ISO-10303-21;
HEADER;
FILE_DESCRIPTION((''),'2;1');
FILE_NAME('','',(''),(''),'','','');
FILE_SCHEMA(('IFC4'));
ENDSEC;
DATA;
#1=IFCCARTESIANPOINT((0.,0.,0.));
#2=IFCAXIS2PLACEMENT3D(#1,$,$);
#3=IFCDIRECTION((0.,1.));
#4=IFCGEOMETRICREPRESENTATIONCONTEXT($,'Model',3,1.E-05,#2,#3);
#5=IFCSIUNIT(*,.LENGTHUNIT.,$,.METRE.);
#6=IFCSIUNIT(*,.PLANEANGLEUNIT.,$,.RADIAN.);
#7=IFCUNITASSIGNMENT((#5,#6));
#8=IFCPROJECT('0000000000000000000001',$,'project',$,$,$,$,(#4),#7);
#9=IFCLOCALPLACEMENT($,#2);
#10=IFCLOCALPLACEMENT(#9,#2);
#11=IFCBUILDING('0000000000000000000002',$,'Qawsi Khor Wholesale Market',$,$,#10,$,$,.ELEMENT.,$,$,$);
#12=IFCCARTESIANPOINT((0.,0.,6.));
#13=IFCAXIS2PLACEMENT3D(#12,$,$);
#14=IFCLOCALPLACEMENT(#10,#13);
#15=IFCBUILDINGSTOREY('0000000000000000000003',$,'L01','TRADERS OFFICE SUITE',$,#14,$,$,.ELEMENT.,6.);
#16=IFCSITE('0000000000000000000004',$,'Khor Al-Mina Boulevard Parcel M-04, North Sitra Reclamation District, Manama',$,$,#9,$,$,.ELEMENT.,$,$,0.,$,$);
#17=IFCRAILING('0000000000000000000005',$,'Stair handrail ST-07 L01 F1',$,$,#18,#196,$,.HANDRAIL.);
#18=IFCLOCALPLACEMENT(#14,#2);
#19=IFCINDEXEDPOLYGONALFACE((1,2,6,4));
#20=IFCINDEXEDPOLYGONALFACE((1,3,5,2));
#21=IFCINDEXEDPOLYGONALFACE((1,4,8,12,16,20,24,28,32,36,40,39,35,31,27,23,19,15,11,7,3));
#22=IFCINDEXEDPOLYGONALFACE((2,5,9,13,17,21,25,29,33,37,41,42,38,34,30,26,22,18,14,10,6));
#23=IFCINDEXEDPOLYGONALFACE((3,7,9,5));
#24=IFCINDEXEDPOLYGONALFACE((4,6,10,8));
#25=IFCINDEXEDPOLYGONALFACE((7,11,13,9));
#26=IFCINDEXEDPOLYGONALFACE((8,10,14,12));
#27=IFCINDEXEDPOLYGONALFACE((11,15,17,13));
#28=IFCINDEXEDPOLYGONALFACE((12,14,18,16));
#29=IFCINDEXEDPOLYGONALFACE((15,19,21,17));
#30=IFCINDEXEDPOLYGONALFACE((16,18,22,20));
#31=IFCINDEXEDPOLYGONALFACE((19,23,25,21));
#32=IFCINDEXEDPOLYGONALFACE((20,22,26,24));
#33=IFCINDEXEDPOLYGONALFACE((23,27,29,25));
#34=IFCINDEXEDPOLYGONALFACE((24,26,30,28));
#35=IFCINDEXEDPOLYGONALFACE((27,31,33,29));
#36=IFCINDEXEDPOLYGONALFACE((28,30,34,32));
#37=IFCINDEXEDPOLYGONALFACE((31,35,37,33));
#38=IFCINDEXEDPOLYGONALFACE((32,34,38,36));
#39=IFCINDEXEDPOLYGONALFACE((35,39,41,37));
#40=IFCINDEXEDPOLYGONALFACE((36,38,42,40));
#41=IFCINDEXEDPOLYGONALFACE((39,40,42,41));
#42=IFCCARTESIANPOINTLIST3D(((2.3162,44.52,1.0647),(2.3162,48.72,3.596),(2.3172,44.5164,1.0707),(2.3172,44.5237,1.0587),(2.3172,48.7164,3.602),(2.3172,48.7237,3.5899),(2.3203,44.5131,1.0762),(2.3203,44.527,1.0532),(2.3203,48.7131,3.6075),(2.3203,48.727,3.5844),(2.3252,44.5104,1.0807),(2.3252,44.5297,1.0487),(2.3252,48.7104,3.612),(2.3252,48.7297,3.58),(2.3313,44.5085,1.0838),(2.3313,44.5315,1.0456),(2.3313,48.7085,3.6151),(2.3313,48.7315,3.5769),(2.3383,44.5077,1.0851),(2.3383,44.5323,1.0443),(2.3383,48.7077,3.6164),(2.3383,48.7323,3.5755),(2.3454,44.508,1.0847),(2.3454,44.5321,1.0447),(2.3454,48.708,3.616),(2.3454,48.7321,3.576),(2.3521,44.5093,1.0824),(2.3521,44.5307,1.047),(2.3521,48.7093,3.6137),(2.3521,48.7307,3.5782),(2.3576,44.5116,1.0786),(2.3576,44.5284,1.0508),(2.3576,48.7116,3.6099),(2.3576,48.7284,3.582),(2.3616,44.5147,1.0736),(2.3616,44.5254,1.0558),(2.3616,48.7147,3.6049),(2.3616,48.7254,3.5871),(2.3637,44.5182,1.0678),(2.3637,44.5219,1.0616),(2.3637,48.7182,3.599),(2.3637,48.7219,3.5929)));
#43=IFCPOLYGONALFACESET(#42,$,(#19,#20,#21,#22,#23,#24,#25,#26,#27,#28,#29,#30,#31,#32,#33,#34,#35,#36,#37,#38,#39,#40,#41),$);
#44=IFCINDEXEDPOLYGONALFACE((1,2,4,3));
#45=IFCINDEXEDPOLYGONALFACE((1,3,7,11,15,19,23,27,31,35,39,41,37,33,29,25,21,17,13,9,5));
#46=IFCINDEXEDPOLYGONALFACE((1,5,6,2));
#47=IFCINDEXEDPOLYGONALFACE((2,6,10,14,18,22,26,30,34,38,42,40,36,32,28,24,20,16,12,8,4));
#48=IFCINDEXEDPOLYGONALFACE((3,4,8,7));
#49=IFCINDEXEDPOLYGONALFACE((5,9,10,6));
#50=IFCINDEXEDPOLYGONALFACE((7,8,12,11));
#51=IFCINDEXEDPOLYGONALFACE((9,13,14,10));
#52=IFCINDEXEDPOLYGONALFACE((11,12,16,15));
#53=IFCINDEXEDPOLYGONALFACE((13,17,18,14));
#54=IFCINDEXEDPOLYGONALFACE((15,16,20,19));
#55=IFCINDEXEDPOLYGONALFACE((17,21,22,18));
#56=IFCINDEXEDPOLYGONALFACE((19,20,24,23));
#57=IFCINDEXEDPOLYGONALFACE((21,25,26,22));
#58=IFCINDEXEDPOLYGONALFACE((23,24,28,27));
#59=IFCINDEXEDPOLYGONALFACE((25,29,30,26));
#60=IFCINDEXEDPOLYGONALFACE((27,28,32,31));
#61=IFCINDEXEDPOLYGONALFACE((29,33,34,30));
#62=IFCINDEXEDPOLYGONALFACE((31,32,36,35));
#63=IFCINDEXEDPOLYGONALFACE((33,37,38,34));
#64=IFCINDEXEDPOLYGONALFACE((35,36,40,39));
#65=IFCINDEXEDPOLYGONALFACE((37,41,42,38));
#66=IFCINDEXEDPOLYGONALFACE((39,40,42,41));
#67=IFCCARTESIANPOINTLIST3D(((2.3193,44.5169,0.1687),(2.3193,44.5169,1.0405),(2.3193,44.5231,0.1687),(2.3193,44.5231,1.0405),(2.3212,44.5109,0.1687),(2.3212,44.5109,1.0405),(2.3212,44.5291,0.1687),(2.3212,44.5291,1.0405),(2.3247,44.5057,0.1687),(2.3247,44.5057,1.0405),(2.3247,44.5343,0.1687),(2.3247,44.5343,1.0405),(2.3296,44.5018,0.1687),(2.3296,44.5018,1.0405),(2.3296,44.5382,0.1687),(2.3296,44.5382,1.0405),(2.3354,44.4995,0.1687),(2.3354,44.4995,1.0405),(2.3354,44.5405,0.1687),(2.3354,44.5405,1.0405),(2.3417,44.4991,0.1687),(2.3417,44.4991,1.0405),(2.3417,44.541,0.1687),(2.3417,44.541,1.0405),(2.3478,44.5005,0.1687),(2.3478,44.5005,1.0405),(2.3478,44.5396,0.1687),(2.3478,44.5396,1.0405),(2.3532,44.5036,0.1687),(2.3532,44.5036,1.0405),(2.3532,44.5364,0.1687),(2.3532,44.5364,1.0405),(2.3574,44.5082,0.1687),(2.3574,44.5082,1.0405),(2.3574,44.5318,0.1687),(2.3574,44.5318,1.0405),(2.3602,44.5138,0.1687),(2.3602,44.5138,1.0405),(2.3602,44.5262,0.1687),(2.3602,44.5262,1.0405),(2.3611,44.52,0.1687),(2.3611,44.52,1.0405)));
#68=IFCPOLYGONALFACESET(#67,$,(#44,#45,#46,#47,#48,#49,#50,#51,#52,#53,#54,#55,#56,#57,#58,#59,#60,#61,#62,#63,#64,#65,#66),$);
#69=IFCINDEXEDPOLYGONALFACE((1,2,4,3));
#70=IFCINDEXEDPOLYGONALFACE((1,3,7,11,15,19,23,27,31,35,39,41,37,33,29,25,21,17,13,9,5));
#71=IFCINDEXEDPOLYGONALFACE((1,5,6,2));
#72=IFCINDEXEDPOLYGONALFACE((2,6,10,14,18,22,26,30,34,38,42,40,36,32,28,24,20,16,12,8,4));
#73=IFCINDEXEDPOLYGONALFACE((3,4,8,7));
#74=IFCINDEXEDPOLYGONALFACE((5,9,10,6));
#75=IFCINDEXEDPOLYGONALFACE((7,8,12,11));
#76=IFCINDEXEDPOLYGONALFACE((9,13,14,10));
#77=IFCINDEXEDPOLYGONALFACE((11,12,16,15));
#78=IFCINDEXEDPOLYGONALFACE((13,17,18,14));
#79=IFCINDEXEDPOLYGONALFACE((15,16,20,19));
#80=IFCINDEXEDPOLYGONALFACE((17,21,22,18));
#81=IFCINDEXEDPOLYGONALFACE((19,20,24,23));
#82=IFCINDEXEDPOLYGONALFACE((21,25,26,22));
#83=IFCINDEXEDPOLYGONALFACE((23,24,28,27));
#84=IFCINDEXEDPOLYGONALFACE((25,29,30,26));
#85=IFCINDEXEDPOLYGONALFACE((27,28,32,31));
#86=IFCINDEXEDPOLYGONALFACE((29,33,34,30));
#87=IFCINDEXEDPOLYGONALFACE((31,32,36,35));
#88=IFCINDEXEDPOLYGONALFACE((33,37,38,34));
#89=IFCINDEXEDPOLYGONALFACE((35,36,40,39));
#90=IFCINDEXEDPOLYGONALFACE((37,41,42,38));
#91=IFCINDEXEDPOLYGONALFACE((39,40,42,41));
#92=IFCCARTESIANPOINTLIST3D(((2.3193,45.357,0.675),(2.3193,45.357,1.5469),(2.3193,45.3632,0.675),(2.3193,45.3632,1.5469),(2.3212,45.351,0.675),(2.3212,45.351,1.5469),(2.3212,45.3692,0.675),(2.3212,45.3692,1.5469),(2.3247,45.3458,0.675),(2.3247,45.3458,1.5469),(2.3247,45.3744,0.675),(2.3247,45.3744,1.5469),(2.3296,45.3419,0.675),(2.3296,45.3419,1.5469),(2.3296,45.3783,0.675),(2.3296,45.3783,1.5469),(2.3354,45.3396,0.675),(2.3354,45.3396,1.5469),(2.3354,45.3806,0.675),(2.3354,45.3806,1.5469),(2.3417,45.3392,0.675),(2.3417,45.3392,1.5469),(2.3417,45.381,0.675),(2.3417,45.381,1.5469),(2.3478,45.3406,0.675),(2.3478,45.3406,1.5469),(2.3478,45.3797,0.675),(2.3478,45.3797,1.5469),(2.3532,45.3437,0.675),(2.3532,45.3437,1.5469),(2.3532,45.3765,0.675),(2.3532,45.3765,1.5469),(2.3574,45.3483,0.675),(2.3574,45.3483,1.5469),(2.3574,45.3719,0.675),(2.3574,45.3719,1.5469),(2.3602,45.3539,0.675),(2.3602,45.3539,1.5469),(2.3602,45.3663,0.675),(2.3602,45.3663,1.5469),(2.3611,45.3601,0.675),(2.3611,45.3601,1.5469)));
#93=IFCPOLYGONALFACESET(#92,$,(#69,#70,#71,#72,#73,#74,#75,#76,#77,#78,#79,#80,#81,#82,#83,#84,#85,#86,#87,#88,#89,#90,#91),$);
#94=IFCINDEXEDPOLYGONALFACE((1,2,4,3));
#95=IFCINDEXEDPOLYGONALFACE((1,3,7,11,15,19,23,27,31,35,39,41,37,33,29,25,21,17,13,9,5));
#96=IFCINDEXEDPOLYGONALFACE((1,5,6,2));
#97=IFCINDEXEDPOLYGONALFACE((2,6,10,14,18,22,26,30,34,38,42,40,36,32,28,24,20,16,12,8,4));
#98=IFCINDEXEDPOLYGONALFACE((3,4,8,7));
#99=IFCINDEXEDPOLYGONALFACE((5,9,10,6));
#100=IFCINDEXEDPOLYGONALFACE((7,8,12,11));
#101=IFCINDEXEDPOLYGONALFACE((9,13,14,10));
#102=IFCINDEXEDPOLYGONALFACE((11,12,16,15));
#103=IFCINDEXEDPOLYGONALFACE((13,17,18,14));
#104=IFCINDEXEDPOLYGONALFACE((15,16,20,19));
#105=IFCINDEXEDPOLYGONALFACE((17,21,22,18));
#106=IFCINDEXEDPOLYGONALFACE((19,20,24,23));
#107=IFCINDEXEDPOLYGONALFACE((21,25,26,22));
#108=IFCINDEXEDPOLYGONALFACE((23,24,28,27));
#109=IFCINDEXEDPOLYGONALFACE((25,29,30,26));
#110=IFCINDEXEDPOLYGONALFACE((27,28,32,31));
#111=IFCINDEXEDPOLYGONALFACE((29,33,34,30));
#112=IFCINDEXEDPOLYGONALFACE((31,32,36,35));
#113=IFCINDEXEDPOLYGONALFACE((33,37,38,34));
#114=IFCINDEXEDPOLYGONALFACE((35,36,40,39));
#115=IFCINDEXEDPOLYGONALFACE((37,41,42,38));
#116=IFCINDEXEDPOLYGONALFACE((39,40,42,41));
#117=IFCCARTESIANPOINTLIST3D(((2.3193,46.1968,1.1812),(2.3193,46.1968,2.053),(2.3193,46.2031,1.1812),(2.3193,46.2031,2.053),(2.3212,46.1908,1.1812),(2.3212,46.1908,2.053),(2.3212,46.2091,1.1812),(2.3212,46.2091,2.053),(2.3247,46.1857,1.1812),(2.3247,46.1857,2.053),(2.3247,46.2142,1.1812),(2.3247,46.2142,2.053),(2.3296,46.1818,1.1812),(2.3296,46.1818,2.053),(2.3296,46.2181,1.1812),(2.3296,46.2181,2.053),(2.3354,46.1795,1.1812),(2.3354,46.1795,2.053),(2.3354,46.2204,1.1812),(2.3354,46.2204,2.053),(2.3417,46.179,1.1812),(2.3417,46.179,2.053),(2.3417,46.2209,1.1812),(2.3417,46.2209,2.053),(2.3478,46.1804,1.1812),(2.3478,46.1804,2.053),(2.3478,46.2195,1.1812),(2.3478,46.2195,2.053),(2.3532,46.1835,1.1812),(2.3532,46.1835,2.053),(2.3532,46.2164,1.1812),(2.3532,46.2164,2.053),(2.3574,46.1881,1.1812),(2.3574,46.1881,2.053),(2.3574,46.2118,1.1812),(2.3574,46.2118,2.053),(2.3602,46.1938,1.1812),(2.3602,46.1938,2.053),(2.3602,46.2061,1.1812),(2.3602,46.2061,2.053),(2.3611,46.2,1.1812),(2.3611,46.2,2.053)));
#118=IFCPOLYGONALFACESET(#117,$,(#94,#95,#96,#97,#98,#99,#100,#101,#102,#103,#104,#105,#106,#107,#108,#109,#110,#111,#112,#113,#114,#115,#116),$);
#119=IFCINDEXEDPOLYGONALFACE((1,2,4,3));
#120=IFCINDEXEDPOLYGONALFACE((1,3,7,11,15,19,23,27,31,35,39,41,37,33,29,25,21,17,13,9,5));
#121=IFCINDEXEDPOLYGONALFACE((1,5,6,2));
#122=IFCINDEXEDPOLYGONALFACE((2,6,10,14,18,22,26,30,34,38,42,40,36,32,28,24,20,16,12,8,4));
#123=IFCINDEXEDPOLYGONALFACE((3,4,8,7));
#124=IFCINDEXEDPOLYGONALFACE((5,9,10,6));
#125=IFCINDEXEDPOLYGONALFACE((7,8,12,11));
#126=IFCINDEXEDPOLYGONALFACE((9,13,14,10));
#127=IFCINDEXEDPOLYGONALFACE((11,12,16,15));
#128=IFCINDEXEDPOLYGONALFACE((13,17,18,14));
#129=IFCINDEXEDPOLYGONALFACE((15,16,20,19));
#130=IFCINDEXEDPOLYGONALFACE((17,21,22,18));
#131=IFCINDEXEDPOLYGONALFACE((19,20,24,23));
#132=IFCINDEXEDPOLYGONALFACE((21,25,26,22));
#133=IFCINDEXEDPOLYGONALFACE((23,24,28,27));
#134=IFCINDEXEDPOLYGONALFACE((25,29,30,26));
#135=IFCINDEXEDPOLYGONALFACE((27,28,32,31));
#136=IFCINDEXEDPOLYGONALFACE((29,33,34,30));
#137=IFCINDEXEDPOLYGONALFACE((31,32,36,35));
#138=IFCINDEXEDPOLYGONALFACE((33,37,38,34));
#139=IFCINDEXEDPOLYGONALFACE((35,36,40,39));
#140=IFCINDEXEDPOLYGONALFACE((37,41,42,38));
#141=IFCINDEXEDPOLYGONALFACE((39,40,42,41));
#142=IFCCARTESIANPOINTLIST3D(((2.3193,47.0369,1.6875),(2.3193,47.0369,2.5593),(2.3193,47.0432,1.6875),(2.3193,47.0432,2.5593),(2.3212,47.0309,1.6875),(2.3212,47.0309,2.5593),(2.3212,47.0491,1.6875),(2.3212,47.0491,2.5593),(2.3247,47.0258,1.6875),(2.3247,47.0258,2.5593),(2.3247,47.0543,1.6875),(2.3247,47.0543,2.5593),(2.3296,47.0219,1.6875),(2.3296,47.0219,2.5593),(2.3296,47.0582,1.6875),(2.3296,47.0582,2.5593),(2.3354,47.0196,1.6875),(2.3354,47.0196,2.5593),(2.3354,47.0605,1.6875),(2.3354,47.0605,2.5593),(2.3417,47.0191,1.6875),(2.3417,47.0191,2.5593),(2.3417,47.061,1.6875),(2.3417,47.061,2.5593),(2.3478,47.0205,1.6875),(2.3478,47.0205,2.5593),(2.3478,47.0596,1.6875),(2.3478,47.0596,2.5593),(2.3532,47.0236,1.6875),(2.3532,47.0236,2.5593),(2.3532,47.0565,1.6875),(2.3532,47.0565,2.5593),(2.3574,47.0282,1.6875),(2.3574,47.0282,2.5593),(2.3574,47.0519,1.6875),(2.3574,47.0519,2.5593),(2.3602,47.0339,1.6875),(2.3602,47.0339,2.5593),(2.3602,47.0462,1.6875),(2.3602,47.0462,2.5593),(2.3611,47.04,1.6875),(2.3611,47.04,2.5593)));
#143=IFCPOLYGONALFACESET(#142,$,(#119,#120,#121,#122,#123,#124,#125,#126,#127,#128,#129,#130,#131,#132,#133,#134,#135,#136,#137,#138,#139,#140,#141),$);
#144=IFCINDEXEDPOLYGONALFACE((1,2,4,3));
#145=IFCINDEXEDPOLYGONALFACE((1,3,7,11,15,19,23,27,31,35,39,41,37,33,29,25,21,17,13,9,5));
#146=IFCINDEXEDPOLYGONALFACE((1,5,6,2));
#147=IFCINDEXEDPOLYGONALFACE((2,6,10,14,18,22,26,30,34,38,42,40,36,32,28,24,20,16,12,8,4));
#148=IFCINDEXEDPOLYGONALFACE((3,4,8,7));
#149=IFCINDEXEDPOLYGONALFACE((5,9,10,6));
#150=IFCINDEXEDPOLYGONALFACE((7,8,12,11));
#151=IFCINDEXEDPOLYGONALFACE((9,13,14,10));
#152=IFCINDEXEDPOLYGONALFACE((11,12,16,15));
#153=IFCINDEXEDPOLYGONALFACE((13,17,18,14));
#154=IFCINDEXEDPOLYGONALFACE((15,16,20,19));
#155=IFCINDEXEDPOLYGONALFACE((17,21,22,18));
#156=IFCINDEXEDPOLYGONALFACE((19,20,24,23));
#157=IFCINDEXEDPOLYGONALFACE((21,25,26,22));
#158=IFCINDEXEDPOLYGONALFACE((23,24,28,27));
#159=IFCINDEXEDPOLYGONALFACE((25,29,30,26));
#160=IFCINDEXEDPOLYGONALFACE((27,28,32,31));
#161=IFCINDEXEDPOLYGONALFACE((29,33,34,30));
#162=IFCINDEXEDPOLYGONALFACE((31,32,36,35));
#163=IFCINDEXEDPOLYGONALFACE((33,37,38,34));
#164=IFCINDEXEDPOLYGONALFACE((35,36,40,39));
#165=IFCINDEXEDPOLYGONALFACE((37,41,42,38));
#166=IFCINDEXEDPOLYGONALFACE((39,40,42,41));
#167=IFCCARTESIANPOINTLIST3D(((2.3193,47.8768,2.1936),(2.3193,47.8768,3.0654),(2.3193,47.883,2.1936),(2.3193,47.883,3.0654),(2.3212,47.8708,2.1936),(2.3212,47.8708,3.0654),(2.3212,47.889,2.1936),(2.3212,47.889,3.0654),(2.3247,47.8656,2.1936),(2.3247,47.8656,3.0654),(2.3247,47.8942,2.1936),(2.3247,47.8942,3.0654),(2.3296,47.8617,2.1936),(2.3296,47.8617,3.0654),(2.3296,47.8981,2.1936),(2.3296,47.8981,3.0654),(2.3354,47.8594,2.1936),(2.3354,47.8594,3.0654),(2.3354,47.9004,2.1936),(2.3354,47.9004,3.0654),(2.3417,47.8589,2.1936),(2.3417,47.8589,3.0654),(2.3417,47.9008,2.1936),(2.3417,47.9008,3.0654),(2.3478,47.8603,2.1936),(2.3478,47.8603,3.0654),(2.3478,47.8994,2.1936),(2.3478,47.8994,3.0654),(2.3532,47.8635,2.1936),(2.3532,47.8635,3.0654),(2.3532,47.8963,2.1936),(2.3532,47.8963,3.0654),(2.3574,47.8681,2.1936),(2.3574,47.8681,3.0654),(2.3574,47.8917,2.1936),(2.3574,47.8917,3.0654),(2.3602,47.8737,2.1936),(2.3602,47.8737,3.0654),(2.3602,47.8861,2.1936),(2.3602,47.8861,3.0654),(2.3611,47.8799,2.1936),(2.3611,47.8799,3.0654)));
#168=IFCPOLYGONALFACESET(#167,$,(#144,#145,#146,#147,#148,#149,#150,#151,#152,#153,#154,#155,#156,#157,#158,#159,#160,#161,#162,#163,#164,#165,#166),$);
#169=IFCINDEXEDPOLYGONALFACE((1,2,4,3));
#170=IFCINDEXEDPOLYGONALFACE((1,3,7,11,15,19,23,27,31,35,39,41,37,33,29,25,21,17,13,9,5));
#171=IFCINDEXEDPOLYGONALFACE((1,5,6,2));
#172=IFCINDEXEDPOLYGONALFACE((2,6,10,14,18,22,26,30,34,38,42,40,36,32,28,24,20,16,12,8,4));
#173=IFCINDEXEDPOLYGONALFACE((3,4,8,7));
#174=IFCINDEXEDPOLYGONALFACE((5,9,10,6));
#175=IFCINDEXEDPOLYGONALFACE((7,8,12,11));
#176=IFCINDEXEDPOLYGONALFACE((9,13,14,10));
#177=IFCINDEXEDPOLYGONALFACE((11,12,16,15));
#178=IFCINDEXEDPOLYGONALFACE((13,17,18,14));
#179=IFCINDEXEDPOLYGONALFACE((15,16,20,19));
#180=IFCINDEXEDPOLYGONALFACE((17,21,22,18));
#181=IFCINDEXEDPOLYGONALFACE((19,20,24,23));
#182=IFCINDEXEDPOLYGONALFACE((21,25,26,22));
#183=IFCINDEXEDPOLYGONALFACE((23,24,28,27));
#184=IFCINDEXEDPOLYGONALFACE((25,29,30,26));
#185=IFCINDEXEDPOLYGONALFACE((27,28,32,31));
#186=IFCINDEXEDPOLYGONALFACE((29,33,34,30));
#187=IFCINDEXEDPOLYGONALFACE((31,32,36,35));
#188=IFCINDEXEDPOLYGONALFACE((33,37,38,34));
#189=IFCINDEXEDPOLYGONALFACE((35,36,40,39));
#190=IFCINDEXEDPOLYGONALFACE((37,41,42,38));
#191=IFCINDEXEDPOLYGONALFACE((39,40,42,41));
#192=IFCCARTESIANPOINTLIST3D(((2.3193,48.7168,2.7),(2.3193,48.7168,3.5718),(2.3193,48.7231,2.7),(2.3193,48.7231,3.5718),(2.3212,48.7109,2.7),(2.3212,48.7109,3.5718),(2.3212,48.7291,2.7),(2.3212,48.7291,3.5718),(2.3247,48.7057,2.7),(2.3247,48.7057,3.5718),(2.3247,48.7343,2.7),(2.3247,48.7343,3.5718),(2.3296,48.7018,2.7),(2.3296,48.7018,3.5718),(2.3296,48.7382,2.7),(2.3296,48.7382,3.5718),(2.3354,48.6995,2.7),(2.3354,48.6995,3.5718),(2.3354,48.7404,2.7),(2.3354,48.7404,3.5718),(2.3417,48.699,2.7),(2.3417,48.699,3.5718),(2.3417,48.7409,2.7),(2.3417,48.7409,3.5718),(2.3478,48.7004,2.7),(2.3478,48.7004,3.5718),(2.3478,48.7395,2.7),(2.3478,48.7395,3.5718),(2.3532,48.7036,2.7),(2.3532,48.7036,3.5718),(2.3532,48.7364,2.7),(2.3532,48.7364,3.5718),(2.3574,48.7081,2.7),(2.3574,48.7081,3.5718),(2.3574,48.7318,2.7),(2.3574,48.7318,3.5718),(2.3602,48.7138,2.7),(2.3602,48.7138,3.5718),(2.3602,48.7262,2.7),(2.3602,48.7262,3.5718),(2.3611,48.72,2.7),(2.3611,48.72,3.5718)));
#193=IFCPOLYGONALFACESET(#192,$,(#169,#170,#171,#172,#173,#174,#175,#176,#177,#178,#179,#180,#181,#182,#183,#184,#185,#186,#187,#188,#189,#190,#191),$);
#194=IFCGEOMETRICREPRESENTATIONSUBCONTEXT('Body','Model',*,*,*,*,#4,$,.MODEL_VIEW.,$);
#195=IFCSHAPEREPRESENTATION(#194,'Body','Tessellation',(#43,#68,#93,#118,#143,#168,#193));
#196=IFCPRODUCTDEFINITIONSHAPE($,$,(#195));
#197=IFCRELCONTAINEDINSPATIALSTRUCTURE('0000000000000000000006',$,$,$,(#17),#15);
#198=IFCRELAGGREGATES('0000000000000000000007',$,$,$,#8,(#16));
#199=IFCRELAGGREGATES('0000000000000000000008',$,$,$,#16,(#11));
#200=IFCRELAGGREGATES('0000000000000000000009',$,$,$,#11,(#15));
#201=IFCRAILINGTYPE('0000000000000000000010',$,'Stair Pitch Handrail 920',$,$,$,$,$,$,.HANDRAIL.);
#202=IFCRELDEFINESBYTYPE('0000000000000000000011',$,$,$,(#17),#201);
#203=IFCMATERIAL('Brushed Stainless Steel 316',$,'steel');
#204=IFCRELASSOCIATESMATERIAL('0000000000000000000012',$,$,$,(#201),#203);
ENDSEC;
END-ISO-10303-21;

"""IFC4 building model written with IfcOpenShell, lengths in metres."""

from ifc_helpers import new_model, si_unit, direction, frame, origin, origin_2d, place, context, subcontext, project, spatial, circle, extrude, material, type_object, element, save


model = new_model("IFC4")

# Units and contexts
model_context = context("Model", 3, precision=1e-05, world=origin(), true_north=direction((0.0, 1.0)))
body_context = subcontext(model_context, "Body", "Model", "MODEL_VIEW")
ifc_project = project(units=[si_unit("LENGTHUNIT", "METRE"), si_unit("PLANEANGLEUNIT", "RADIAN")], contexts=[model_context])

# Site, building, storey
site_placement = place(None, origin())
site = spatial("IfcSite", under=ifc_project, at=site_placement, Name="Khor Al-Mina Boulevard Parcel M-04, North Sitra Reclamation District, Manama", CompositionType="ELEMENT", RefElevation=0.0)
building_placement = place(site_placement, origin())
building = spatial("IfcBuilding", under=site, at=building_placement, Name="Qawsi Khor Wholesale Market", CompositionType="ELEMENT")
storey_placement = place(building_placement, frame((0.0, 0.0, 6.0)))
storey = spatial("IfcBuildingStorey", under=building, at=storey_placement, Name="L01", Description="TRADERS OFFICE SUITE", CompositionType="ELEMENT", Elevation=6.0)

# Railing
ifc_material_1 = material(Name="Brushed Stainless Steel 316", Category="steel")
railing_type_1 = type_object("IfcRailingType", Name="Stair Pitch Handrail 920", PredefinedType="HANDRAIL", material=ifc_material_1)
railing_1_placement = place(storey_placement, frame((2.3401, 44.52, 0.1687)))
element("IfcRailing", 1, at=railing_1_placement, inside=storey, type_object=railing_type_1, Name="Stair handrail ST-07 L01 F1", PredefinedType="HANDRAIL", context=body_context, shape_type="SweptSolid", body=[
    extrude(circle(Radius=0.0239, at=origin_2d()), frame((0.0, 0.0, 0.896), z_axis=(0.0, 0.856476, 0.516186), x_axis=(-1.0, 0.0, 0.0)), (0.0, 0.0, 1.0), 4.9038),
    extrude(circle(Radius=0.021, at=origin_2d()), origin(), (0.0, 0.0, 1.0), 0.8718),
    extrude(circle(Radius=0.021, at=origin_2d()), frame((0.0, 0.8401, 0.5063)), (0.0, 0.0, 1.0), 0.8718),
    extrude(circle(Radius=0.021, at=origin_2d()), frame((0.0, 1.6799, 1.0125)), (0.0, 0.0, 1.0), 0.8718),
    extrude(circle(Radius=0.021, at=origin_2d()), frame((0.0, 2.52, 1.5188)), (0.0, 0.0, 1.0), 0.8718),
    extrude(circle(Radius=0.021, at=origin_2d()), frame((0.0, 3.3599, 2.0249)), (0.0, 0.0, 1.0), 0.8718),
    extrude(circle(Radius=0.021, at=origin_2d()), frame((0.0, 4.2, 2.5312)), (0.0, 0.0, 1.0), 0.8718),
])

save(model, "model.ifc")
